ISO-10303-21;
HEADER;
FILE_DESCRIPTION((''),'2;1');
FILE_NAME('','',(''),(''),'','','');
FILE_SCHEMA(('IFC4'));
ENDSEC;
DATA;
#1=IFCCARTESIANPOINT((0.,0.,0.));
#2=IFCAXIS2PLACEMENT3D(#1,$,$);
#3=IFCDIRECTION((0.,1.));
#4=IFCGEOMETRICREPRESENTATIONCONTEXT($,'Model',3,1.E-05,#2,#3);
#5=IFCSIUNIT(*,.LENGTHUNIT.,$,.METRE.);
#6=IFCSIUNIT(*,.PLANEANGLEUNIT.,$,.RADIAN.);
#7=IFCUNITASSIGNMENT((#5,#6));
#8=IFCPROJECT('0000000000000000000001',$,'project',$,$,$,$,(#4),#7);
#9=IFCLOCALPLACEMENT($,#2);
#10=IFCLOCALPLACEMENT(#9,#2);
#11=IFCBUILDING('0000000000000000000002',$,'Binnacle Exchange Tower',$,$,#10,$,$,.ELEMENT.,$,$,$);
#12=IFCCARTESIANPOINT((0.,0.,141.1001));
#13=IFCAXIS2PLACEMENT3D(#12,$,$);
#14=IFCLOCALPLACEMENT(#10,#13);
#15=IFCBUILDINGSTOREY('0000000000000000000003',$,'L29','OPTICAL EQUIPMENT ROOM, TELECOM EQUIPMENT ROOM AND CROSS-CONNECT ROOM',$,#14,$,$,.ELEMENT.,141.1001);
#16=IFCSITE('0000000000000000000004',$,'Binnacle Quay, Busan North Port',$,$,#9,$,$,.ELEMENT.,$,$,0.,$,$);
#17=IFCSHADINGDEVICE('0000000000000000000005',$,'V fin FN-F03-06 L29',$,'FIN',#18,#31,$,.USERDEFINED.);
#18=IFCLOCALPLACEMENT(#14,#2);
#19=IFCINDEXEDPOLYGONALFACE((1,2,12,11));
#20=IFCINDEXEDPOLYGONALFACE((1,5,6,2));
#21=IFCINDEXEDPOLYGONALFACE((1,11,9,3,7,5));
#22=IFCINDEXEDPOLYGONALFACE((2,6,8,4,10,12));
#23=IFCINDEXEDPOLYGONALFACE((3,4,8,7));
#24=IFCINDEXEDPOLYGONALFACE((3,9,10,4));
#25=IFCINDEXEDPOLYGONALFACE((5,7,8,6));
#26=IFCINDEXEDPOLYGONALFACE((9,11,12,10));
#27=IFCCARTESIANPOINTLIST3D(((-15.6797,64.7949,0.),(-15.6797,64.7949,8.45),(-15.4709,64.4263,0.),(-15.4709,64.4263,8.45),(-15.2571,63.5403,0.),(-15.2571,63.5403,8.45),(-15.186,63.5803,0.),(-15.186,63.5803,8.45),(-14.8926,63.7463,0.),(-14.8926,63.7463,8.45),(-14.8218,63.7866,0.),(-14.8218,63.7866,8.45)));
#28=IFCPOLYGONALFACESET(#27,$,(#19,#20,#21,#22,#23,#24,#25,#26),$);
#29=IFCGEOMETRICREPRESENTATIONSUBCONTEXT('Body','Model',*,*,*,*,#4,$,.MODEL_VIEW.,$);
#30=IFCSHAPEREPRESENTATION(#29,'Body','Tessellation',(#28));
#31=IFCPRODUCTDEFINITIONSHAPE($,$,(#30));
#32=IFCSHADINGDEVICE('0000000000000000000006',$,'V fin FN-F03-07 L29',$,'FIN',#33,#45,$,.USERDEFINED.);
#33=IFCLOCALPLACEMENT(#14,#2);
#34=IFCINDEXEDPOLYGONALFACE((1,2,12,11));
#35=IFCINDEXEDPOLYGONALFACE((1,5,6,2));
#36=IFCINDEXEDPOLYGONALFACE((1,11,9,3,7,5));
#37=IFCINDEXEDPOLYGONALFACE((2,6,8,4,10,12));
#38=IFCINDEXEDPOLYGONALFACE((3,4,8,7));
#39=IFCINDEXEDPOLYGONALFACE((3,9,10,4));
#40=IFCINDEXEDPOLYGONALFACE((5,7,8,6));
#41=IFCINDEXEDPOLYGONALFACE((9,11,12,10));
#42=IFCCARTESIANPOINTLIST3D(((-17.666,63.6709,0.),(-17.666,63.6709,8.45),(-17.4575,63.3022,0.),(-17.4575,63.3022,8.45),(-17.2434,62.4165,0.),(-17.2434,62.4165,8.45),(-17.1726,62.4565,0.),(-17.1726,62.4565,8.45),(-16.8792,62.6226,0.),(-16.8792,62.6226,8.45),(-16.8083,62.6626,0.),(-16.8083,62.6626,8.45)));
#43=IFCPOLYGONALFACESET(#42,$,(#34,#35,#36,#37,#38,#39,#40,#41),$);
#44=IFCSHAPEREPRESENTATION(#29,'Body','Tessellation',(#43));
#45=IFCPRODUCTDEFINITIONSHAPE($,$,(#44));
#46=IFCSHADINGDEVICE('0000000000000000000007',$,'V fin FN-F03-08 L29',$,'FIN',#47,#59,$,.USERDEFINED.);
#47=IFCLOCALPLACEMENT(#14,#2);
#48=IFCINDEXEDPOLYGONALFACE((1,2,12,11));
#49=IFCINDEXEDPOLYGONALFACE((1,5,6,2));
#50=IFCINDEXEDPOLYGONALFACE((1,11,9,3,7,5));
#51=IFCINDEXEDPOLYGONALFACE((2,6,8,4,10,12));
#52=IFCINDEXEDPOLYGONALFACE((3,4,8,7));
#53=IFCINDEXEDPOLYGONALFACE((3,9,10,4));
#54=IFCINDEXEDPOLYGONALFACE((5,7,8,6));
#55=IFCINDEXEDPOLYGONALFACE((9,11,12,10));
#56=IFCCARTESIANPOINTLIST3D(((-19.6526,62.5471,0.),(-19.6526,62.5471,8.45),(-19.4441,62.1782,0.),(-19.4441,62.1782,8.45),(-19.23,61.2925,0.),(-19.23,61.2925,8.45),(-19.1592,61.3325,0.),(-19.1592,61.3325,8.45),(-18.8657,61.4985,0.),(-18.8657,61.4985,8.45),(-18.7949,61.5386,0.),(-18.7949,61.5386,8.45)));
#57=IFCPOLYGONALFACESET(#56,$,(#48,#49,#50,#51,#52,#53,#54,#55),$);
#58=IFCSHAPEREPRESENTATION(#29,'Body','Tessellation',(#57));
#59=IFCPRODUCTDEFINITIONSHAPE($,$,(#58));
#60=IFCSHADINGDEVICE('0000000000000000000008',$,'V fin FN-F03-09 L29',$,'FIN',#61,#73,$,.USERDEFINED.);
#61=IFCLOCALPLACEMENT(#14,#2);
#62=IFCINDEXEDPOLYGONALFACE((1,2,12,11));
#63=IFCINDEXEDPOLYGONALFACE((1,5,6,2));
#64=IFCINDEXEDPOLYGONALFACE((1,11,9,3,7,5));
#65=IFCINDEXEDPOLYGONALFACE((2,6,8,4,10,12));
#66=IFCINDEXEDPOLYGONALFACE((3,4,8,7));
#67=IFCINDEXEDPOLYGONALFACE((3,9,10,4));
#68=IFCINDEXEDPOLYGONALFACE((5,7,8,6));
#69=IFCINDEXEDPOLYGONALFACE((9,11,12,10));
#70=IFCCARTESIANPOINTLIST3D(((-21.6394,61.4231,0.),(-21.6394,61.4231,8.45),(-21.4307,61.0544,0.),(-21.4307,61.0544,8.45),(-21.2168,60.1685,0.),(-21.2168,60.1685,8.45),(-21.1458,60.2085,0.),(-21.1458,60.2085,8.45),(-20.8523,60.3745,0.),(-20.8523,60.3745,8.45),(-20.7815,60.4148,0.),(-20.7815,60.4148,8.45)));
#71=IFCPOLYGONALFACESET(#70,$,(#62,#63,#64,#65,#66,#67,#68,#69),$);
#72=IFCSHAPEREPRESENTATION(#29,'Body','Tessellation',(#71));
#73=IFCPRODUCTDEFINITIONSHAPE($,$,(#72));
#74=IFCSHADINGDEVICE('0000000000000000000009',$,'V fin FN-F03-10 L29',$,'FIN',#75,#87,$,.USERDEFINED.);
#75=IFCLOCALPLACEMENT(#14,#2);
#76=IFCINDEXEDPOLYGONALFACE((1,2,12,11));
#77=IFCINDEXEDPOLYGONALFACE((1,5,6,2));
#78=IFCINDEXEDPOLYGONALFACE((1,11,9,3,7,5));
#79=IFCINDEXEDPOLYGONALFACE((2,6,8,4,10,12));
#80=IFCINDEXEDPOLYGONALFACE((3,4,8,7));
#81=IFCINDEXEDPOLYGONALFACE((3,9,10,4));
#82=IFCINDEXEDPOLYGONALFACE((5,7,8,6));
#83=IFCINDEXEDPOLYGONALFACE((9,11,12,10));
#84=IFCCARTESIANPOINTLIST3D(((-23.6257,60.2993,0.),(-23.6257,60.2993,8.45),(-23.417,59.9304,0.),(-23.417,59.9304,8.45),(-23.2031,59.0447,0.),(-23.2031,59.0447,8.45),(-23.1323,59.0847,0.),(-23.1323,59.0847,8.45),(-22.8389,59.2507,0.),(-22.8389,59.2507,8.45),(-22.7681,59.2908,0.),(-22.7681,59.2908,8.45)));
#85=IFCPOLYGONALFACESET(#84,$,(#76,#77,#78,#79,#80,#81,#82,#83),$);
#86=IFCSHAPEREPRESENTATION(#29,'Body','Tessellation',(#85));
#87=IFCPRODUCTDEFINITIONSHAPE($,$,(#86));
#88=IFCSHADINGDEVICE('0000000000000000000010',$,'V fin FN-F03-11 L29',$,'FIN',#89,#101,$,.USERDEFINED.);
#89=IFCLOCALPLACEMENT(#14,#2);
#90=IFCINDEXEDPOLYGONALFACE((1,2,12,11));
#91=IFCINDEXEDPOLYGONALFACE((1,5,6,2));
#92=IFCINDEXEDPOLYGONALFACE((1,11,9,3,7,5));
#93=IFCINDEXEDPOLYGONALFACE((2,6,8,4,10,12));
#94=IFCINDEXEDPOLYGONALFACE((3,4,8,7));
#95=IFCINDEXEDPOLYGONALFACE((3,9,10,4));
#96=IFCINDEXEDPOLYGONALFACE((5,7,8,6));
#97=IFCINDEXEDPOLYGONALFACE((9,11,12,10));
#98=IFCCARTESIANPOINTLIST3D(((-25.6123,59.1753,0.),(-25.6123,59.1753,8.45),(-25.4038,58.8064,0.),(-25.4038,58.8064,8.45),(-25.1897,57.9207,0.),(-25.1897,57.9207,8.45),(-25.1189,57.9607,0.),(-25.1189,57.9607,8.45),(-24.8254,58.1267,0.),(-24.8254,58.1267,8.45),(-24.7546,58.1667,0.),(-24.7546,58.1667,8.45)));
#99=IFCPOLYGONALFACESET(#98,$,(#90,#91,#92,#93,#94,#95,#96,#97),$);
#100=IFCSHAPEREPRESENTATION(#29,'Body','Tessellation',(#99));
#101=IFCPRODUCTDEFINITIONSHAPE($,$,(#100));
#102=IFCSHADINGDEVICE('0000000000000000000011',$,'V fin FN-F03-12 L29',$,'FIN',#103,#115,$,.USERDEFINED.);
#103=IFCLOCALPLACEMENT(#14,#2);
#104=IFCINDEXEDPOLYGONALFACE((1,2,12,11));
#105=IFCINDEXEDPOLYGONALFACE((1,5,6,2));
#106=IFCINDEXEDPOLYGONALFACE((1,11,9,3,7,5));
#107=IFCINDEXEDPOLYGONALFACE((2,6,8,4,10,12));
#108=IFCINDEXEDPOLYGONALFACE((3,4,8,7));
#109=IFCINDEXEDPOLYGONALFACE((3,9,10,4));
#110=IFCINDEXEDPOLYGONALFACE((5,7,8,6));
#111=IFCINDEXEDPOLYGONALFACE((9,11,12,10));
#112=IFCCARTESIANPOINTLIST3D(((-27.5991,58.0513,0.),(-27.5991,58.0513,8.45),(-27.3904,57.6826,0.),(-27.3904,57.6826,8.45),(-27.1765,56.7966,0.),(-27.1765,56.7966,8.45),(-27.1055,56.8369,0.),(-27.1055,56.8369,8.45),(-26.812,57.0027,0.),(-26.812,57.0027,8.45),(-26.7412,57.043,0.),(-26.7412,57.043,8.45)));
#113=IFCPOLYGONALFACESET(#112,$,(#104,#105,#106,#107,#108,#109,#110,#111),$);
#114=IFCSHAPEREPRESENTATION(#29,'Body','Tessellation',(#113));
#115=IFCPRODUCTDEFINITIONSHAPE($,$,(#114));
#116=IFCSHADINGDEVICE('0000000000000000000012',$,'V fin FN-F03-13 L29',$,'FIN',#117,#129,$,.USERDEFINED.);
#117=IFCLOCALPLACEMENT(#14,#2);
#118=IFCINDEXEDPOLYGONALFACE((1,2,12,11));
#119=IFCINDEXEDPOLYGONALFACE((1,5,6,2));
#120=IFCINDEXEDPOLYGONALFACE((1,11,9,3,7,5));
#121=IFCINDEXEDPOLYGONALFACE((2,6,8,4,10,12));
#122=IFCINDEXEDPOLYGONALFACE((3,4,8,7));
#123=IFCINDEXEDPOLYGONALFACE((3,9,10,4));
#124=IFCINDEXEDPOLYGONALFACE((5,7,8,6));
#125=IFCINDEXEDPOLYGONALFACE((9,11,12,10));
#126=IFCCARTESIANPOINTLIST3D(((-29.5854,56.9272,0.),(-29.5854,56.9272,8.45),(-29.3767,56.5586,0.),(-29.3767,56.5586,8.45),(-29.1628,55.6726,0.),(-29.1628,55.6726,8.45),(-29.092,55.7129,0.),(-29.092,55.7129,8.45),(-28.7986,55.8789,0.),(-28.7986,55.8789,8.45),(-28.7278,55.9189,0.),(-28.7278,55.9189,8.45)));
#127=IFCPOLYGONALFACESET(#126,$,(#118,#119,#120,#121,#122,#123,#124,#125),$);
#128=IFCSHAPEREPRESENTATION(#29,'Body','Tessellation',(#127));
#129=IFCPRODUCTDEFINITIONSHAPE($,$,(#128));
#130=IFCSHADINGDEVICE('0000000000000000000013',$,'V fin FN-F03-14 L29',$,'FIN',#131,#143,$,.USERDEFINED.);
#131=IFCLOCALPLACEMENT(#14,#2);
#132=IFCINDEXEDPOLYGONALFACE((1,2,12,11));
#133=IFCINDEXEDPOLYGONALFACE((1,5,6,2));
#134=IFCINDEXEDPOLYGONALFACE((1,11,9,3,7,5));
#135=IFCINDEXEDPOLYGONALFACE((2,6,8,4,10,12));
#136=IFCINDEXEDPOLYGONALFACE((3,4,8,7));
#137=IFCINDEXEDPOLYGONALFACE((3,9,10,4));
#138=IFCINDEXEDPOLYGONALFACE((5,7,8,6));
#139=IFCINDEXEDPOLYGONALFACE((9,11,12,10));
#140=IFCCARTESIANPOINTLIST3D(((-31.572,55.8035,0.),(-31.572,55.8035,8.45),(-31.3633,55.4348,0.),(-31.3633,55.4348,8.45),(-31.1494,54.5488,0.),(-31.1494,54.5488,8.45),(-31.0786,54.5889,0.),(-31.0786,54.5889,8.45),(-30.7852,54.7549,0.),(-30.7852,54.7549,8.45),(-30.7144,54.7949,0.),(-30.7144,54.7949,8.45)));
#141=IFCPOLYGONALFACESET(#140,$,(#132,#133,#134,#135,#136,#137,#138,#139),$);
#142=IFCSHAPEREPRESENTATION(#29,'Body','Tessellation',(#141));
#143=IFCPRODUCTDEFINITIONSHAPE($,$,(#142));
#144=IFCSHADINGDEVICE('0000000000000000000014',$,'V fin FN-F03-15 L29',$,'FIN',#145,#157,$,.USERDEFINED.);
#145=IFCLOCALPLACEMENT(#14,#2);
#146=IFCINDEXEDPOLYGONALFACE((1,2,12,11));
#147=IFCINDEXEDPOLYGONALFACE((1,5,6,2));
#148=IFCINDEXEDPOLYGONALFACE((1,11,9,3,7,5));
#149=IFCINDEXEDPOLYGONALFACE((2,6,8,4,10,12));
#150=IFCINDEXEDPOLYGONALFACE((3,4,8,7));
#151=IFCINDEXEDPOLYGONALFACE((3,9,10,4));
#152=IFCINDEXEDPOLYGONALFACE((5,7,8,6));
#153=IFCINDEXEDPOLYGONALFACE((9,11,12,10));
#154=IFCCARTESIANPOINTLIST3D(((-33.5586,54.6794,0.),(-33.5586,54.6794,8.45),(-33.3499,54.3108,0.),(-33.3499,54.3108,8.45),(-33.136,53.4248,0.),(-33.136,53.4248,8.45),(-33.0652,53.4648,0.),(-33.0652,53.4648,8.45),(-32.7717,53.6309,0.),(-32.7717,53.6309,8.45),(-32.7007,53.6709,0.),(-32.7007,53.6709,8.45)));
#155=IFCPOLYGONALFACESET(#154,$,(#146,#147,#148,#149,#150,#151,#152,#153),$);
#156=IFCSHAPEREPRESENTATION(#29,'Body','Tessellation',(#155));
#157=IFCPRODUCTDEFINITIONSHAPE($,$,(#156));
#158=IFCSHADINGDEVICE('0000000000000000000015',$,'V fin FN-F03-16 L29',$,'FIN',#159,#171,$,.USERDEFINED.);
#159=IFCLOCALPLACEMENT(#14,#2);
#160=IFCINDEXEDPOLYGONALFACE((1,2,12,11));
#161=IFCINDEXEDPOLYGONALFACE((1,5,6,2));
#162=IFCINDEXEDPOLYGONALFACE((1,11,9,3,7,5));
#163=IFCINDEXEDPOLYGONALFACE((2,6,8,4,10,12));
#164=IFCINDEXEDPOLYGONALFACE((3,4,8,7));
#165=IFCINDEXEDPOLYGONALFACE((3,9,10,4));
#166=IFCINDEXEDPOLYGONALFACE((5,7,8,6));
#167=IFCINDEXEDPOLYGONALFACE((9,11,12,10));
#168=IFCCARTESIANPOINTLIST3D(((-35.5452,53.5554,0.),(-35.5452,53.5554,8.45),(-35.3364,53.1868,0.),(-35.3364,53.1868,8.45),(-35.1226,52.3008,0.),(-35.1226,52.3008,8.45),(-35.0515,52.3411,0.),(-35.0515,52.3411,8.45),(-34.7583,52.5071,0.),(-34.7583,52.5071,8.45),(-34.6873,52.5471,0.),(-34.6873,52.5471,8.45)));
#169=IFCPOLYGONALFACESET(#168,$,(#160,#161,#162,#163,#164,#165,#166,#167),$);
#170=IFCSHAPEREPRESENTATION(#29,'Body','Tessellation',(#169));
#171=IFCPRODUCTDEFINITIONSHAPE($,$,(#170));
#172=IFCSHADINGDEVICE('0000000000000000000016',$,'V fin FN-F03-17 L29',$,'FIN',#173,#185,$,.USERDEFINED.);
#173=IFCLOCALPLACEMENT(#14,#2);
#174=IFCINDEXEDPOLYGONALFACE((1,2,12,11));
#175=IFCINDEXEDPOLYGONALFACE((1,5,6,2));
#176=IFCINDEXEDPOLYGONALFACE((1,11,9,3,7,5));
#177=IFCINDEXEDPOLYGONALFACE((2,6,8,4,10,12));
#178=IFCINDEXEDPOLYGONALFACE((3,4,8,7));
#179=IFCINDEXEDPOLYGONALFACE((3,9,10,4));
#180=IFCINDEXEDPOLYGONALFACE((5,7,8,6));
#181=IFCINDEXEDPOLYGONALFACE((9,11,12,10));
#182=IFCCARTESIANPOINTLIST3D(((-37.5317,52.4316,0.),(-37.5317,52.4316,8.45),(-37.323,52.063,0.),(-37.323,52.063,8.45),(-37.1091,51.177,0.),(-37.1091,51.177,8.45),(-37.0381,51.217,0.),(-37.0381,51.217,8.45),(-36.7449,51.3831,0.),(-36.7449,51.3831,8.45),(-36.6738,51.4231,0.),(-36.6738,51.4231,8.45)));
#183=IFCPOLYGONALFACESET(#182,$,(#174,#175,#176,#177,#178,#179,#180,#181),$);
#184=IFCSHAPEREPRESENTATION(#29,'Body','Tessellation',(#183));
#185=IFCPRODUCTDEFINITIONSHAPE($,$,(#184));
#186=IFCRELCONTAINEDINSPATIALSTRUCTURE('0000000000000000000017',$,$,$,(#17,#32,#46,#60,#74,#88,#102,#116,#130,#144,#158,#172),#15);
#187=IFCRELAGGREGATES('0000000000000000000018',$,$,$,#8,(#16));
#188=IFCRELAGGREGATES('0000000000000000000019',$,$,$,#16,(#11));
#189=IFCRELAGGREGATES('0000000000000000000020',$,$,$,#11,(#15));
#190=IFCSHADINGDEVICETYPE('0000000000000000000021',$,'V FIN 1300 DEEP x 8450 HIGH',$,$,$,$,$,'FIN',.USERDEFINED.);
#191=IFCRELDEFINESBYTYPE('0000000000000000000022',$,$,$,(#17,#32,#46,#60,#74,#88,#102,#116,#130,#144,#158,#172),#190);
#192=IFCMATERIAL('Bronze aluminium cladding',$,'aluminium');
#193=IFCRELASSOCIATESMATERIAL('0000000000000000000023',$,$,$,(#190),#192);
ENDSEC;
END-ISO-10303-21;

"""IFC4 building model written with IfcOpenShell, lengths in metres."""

from ifc_helpers import new_model, si_unit, direction, frame, origin, place, context, subcontext, project, spatial, polyline, outline, extrude, material, type_object, element, save


model = new_model("IFC4")

# Units and contexts
model_context = context("Model", 3, precision=1e-05, world=origin(), true_north=direction((0.0, 1.0)))
body_context = subcontext(model_context, "Body", "Model", "MODEL_VIEW")
ifc_project = project(units=[si_unit("LENGTHUNIT", "METRE"), si_unit("PLANEANGLEUNIT", "RADIAN")], contexts=[model_context])

# Site, building, storey
site_placement = place(None, origin())
site = spatial("IfcSite", under=ifc_project, at=site_placement, Name="Binnacle Quay, Busan North Port", CompositionType="ELEMENT", RefElevation=0.0)
building_placement = place(site_placement, origin())
building = spatial("IfcBuilding", under=site, at=building_placement, Name="Binnacle Exchange Tower", CompositionType="ELEMENT")
storey_placement = place(building_placement, frame((0.0, 0.0, 141.1001)))
storey = spatial("IfcBuildingStorey", under=building, at=storey_placement, Name="L29", Description="OPTICAL EQUIPMENT ROOM, TELECOM EQUIPMENT ROOM AND CROSS-CONNECT ROOM", CompositionType="ELEMENT", Elevation=141.1001)

# Shading devices
ifc_material = material(Name="Bronze aluminium cladding", Category="aluminium")
shading_device_type = type_object("IfcShadingDeviceType", Name="V FIN 1300 DEEP x 8450 HIGH", ElementType="FIN", PredefinedType="USERDEFINED", material=ifc_material)
shading_device_1_placement = place(storey_placement, origin())
element("IfcShadingDevice", 1, at=shading_device_1_placement, inside=storey, type_object=shading_device_type, Name="V fin FN-F03-06 L29", ObjectType="FIN", PredefinedType="USERDEFINED", context=body_context, shape_type="SweptSolid", body=[
    extrude(outline(polyline([(-14.8218, 63.7866), (-15.6797, 64.7949), (-15.2571, 63.5403), (-15.186, 63.5803), (-15.4709, 64.4263), (-14.8926, 63.7463), (-14.8218, 63.7866)])), origin(), (0.0, 0.0, 1.0), 8.45),
])
shading_device_2_placement = place(storey_placement, origin())
element("IfcShadingDevice", 2, at=shading_device_2_placement, inside=storey, type_object=shading_device_type, Name="V fin FN-F03-07 L29", ObjectType="FIN", PredefinedType="USERDEFINED", context=body_context, shape_type="SweptSolid", body=[
    extrude(outline(polyline([(-16.8083, 62.6626), (-17.666, 63.6709), (-17.2434, 62.4165), (-17.1726, 62.4565), (-17.4575, 63.3022), (-16.8792, 62.6226), (-16.8083, 62.6626)])), origin(), (0.0, 0.0, 1.0), 8.45),
])
shading_device_3_placement = place(storey_placement, origin())
element("IfcShadingDevice", 3, at=shading_device_3_placement, inside=storey, type_object=shading_device_type, Name="V fin FN-F03-08 L29", ObjectType="FIN", PredefinedType="USERDEFINED", context=body_context, shape_type="SweptSolid", body=[
    extrude(outline(polyline([(-18.7949, 61.5386), (-19.6526, 62.5471), (-19.23, 61.2925), (-19.1592, 61.3325), (-19.4441, 62.1782), (-18.8657, 61.4985), (-18.7949, 61.5386)])), origin(), (0.0, 0.0, 1.0), 8.45),
])
shading_device_4_placement = place(storey_placement, origin())
element("IfcShadingDevice", 4, at=shading_device_4_placement, inside=storey, type_object=shading_device_type, Name="V fin FN-F03-09 L29", ObjectType="FIN", PredefinedType="USERDEFINED", context=body_context, shape_type="SweptSolid", body=[
    extrude(outline(polyline([(-20.7815, 60.4148), (-21.6394, 61.4231), (-21.2168, 60.1685), (-21.1458, 60.2085), (-21.4307, 61.0544), (-20.8523, 60.3745), (-20.7815, 60.4148)])), origin(), (0.0, 0.0, 1.0), 8.45),
])
shading_device_5_placement = place(storey_placement, origin())
element("IfcShadingDevice", 5, at=shading_device_5_placement, inside=storey, type_object=shading_device_type, Name="V fin FN-F03-10 L29", ObjectType="FIN", PredefinedType="USERDEFINED", context=body_context, shape_type="SweptSolid", body=[
    extrude(outline(polyline([(-22.7681, 59.2908), (-23.6257, 60.2993), (-23.2031, 59.0447), (-23.1323, 59.0847), (-23.417, 59.9304), (-22.8389, 59.2507), (-22.7681, 59.2908)])), origin(), (0.0, 0.0, 1.0), 8.45),
])
shading_device_6_placement = place(storey_placement, origin())
element("IfcShadingDevice", 6, at=shading_device_6_placement, inside=storey, type_object=shading_device_type, Name="V fin FN-F03-11 L29", ObjectType="FIN", PredefinedType="USERDEFINED", context=body_context, shape_type="SweptSolid", body=[
    extrude(outline(polyline([(-24.7546, 58.1667), (-25.6123, 59.1753), (-25.1897, 57.9207), (-25.1189, 57.9607), (-25.4038, 58.8064), (-24.8254, 58.1267), (-24.7546, 58.1667)])), origin(), (0.0, 0.0, 1.0), 8.45),
])
shading_device_7_placement = place(storey_placement, origin())
element("IfcShadingDevice", 7, at=shading_device_7_placement, inside=storey, type_object=shading_device_type, Name="V fin FN-F03-12 L29", ObjectType="FIN", PredefinedType="USERDEFINED", context=body_context, shape_type="SweptSolid", body=[
    extrude(outline(polyline([(-26.7412, 57.043), (-27.5991, 58.0513), (-27.1765, 56.7966), (-27.1055, 56.8369), (-27.3904, 57.6826), (-26.812, 57.0027), (-26.7412, 57.043)])), origin(), (0.0, 0.0, 1.0), 8.45),
])
shading_device_8_placement = place(storey_placement, origin())
element("IfcShadingDevice", 8, at=shading_device_8_placement, inside=storey, type_object=shading_device_type, Name="V fin FN-F03-13 L29", ObjectType="FIN", PredefinedType="USERDEFINED", context=body_context, shape_type="SweptSolid", body=[
    extrude(outline(polyline([(-28.7278, 55.9189), (-29.5854, 56.9272), (-29.1628, 55.6726), (-29.092, 55.7129), (-29.3767, 56.5586), (-28.7986, 55.8789), (-28.7278, 55.9189)])), origin(), (0.0, 0.0, 1.0), 8.45),
])
shading_device_9_placement = place(storey_placement, origin())
element("IfcShadingDevice", 9, at=shading_device_9_placement, inside=storey, type_object=shading_device_type, Name="V fin FN-F03-14 L29", ObjectType="FIN", PredefinedType="USERDEFINED", context=body_context, shape_type="SweptSolid", body=[
    extrude(outline(polyline([(-30.7144, 54.7949), (-31.572, 55.8035), (-31.1494, 54.5488), (-31.0786, 54.5889), (-31.3633, 55.4348), (-30.7852, 54.7549), (-30.7144, 54.7949)])), origin(), (0.0, 0.0, 1.0), 8.45),
])
shading_device_10_placement = place(storey_placement, origin())
element("IfcShadingDevice", 10, at=shading_device_10_placement, inside=storey, type_object=shading_device_type, Name="V fin FN-F03-15 L29", ObjectType="FIN", PredefinedType="USERDEFINED", context=body_context, shape_type="SweptSolid", body=[
    extrude(outline(polyline([(-32.7007, 53.6709), (-33.5586, 54.6794), (-33.136, 53.4248), (-33.0652, 53.4648), (-33.3499, 54.3108), (-32.7717, 53.6309), (-32.7007, 53.6709)])), origin(), (0.0, 0.0, 1.0), 8.45),
])
shading_device_11_placement = place(storey_placement, origin())
element("IfcShadingDevice", 11, at=shading_device_11_placement, inside=storey, type_object=shading_device_type, Name="V fin FN-F03-16 L29", ObjectType="FIN", PredefinedType="USERDEFINED", context=body_context, shape_type="SweptSolid", body=[
    extrude(outline(polyline([(-34.6873, 52.5471), (-35.5452, 53.5554), (-35.1226, 52.3008), (-35.0515, 52.3411), (-35.3364, 53.1868), (-34.7583, 52.5071), (-34.6873, 52.5471)])), origin(), (0.0, 0.0, 1.0), 8.45),
])
shading_device_12_placement = place(storey_placement, origin())
element("IfcShadingDevice", 12, at=shading_device_12_placement, inside=storey, type_object=shading_device_type, Name="V fin FN-F03-17 L29", ObjectType="FIN", PredefinedType="USERDEFINED", context=body_context, shape_type="SweptSolid", body=[
    extrude(outline(polyline([(-36.6738, 51.4231), (-37.5317, 52.4316), (-37.1091, 51.177), (-37.0381, 51.217), (-37.323, 52.063), (-36.7449, 51.3831), (-36.6738, 51.4231)])), origin(), (0.0, 0.0, 1.0), 8.45),
])

save(model, "model.ifc")
